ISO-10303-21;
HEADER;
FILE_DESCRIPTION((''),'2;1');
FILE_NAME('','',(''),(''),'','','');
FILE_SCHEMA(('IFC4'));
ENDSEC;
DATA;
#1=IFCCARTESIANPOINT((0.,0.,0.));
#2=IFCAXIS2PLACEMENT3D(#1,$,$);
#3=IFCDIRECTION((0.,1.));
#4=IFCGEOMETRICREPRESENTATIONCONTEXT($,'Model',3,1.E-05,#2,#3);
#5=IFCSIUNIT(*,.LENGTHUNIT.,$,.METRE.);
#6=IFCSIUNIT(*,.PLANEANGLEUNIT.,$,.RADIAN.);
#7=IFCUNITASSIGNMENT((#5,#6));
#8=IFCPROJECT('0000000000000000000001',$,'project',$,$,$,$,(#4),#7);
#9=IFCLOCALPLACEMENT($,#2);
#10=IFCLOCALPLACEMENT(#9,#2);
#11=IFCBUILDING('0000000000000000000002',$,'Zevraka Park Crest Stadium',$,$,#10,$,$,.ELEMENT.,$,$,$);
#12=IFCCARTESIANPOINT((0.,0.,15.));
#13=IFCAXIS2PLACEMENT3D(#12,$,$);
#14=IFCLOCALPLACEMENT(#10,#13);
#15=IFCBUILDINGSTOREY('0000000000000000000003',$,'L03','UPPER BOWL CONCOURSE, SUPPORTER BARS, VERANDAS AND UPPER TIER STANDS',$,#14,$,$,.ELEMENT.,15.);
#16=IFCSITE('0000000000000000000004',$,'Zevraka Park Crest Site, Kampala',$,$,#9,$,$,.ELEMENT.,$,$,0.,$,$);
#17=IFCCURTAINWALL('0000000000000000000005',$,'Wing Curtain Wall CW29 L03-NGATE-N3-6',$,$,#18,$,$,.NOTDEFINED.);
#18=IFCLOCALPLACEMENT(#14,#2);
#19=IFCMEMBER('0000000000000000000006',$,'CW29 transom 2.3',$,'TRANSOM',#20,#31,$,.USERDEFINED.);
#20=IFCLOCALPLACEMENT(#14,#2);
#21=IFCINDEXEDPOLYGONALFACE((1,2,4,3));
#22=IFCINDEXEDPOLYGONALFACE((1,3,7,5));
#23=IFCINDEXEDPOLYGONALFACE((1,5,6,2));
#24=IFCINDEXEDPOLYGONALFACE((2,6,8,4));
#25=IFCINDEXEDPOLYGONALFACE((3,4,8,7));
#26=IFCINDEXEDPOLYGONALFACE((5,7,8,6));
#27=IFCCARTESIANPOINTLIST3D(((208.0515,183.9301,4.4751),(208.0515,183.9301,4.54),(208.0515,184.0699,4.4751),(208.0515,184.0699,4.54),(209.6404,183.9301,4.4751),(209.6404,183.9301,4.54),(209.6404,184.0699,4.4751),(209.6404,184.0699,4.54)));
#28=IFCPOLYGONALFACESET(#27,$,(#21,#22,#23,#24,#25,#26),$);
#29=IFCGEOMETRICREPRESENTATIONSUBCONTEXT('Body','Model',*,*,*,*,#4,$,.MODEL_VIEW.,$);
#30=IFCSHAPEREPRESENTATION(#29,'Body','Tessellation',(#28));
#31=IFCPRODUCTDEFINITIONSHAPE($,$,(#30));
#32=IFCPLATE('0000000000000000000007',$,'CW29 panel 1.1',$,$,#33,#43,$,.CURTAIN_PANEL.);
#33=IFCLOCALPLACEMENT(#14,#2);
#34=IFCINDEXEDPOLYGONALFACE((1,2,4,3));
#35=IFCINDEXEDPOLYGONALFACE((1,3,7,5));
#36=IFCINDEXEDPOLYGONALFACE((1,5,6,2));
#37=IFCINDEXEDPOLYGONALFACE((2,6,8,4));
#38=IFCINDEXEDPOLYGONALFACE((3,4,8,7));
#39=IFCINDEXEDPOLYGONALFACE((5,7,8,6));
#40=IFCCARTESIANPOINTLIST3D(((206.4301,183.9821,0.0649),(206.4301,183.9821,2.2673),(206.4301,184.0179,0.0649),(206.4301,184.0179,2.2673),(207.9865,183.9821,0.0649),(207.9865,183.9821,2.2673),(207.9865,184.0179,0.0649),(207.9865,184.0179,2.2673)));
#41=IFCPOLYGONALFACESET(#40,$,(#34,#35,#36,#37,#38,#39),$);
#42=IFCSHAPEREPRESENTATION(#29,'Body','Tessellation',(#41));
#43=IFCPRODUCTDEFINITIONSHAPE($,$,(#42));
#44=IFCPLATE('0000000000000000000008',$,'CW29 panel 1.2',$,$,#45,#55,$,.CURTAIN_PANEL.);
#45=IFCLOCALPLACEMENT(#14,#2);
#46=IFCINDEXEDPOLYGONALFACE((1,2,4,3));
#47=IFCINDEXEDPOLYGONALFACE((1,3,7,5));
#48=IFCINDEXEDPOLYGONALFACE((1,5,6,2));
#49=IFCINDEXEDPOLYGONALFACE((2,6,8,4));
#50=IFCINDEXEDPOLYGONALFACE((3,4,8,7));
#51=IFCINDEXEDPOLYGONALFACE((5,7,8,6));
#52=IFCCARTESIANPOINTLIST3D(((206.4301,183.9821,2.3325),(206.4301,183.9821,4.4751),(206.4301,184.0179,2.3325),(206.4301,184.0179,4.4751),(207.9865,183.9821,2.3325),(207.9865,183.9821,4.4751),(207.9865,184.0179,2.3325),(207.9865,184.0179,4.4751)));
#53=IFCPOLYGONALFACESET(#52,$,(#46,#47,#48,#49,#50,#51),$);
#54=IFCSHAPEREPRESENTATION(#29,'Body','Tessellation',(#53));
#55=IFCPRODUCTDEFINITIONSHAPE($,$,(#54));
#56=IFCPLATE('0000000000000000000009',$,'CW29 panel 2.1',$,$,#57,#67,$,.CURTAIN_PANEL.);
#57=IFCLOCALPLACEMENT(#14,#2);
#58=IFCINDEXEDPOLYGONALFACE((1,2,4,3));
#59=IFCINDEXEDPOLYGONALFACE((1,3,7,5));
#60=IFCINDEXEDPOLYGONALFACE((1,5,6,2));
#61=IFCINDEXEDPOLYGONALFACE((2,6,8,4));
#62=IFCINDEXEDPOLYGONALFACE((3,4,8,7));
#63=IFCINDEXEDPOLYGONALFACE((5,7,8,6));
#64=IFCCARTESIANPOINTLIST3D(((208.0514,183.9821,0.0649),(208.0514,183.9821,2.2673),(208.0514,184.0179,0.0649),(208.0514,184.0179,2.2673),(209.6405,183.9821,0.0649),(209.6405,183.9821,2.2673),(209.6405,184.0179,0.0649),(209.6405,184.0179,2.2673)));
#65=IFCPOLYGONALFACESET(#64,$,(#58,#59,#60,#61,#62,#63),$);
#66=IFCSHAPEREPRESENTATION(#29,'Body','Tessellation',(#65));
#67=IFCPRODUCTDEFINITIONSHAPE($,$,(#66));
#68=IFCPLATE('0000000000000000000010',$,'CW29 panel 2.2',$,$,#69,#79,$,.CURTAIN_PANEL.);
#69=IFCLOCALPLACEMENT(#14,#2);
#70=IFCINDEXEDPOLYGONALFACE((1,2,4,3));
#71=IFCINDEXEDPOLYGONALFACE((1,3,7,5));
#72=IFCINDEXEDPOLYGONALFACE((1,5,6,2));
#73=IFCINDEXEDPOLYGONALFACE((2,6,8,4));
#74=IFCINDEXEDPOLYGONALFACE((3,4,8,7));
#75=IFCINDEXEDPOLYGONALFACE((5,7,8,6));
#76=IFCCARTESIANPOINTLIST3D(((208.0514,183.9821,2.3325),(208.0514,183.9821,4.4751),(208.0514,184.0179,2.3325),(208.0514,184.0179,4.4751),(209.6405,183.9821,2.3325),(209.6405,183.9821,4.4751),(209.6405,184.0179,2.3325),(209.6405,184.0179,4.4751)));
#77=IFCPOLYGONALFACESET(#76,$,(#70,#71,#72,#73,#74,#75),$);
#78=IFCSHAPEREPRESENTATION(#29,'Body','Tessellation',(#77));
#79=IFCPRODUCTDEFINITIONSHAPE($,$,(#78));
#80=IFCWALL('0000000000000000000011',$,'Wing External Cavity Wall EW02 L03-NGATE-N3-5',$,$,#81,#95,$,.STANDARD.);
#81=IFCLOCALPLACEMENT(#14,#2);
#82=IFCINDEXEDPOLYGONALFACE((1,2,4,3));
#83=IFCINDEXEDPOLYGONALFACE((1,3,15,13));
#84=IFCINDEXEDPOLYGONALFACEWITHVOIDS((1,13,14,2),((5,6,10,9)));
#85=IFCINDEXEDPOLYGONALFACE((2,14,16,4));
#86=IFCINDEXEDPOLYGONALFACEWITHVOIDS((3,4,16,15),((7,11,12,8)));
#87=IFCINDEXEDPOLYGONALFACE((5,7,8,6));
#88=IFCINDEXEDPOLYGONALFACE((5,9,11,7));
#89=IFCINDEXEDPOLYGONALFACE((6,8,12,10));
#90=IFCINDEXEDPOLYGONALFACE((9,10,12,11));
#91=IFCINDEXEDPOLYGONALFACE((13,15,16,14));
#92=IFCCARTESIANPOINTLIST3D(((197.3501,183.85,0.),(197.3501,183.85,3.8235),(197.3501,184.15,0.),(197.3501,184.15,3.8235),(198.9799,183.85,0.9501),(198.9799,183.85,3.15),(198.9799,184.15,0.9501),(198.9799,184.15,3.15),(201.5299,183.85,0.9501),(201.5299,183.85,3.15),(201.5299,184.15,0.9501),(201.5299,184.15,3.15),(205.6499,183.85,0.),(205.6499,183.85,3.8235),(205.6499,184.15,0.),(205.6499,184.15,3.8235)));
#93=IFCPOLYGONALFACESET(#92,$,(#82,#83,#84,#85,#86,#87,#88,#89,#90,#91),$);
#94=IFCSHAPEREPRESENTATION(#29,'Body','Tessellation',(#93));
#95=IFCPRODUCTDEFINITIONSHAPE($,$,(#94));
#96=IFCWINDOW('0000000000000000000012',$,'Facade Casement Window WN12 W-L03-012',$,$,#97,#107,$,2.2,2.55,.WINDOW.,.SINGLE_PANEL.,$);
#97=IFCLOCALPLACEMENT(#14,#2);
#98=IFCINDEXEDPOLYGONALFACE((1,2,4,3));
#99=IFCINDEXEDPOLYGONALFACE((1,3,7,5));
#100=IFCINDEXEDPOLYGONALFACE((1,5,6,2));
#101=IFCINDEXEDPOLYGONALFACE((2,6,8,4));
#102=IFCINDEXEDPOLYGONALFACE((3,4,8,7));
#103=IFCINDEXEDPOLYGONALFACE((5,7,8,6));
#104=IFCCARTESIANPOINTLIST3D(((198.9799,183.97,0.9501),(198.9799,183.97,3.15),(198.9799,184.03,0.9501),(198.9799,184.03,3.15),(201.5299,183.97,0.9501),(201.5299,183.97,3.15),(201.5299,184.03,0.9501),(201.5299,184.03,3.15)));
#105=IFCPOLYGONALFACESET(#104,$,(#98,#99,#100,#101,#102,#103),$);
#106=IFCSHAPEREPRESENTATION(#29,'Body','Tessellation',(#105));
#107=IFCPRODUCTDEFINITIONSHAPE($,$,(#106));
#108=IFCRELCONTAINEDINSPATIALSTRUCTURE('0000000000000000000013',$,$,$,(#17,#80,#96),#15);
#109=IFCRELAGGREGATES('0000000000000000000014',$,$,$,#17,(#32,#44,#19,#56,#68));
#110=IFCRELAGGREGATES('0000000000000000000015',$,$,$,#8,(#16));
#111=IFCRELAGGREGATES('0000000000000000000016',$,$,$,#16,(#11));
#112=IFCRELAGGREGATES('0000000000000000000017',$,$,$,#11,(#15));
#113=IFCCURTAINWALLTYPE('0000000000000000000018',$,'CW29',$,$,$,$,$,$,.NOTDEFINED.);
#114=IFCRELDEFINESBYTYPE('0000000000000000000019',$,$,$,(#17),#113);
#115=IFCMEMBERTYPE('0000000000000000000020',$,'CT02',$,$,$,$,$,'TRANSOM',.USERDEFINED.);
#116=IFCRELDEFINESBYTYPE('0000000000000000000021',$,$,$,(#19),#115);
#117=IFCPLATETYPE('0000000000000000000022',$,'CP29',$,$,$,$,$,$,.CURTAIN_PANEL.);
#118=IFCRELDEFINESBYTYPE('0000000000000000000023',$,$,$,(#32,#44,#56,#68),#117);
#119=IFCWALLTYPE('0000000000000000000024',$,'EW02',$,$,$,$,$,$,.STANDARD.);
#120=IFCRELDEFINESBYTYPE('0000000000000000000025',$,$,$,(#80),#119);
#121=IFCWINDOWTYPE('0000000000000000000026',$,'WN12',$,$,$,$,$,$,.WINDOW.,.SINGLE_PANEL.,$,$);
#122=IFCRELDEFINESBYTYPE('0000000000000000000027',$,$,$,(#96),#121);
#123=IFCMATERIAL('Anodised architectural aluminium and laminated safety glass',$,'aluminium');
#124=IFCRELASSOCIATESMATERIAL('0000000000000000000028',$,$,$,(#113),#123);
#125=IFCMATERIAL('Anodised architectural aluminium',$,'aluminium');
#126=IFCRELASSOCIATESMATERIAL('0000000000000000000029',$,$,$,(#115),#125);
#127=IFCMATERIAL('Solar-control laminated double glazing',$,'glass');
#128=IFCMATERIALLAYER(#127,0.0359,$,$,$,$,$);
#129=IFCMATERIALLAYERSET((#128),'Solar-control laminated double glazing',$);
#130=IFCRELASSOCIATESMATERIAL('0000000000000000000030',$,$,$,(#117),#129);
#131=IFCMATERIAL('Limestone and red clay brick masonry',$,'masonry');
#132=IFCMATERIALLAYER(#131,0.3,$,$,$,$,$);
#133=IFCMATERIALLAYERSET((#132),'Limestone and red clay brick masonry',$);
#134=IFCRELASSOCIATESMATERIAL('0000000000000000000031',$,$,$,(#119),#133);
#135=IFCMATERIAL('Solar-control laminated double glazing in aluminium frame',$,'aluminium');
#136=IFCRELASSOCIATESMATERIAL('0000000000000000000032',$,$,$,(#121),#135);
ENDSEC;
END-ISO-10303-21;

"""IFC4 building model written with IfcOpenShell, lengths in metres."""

from ifc_helpers import new_model, si_unit, direction, frame, frame_2d, origin, origin_2d, place, context, subcontext, project, spatial, rectangle, extrude, material, layer, layer_set, material_profile, profile_set, type_object, element, fill, aggregate, save


model = new_model("IFC4")

# Units and contexts
model_context = context("Model", 3, precision=1e-05, world=origin(), true_north=direction((0.0, 1.0)))
body_context = subcontext(model_context, "Body", "Model", "MODEL_VIEW")
ifc_project = project(units=[si_unit("LENGTHUNIT", "METRE"), si_unit("PLANEANGLEUNIT", "RADIAN")], contexts=[model_context])

# Site, building, storey
site_placement = place(None, origin())
site = spatial("IfcSite", under=ifc_project, at=site_placement, Name="Zevraka Park Crest Site, Kampala", CompositionType="ELEMENT", RefElevation=0.0)
building_placement = place(site_placement, origin())
building = spatial("IfcBuilding", under=site, at=building_placement, Name="Zevraka Park Crest Stadium", CompositionType="ELEMENT")
storey_placement = place(building_placement, frame((0.0, 0.0, 15.0)))
storey = spatial("IfcBuildingStorey", under=building, at=storey_placement, Name="L03", Description="UPPER BOWL CONCOURSE, SUPPORTER BARS, VERANDAS AND UPPER TIER STANDS", CompositionType="ELEMENT", Elevation=15.0)

# Curtain wall
ifc_material_1 = material(Name="Anodised architectural aluminium and laminated safety glass", Category="aluminium")
curtain_wall_type_1 = type_object("IfcCurtainWallType", Name="CW29", PredefinedType="NOTDEFINED", material=ifc_material_1)
curtain_wall_1_placement = place(storey_placement, origin())
curtain_wall_1 = element("IfcCurtainWall", 1, at=curtain_wall_1_placement, inside=storey, type_object=curtain_wall_type_1, Name="Wing Curtain Wall CW29 L03-NGATE-N3-6", PredefinedType="NOTDEFINED")

# Member
ifc_material_2 = material(Name="Anodised architectural aluminium", Category="aluminium")
ifc_material_profile_1 = material_profile(ifc_material_2, rectangle(XDim=0.1399, YDim=0.0649, at=origin_2d()), Name="ALU TRANSOM 140x65")
ifc_profile_set_1 = profile_set([ifc_material_profile_1], Name="Anodised architectural aluminium")
member_type_1 = type_object("IfcMemberType", Name="CT02", ElementType="TRANSOM", PredefinedType="USERDEFINED", material=ifc_profile_set_1)
member_1_placement = place(storey_placement, frame((208.0515, 184.0, 4.5076), z_axis=(1.0, 0.0, 0.0), x_axis=(0.0, 1.0, 0.0)))
member_1 = element("IfcMember", 2, at=member_1_placement, type_object=member_type_1, Name="CW29 transom 2.3", ObjectType="TRANSOM", PredefinedType="USERDEFINED", context=body_context, shape_type="SweptSolid", body=[
    extrude(rectangle(XDim=0.1399, YDim=0.0649, at=origin_2d()), origin(), (0.0, 0.0, 1.0), 1.5889),
])

# Plates
ifc_material_3 = material(Name="Solar-control laminated double glazing", Category="glass")
ifc_layer_1 = layer(ifc_material_3, 0.0359)
ifc_layer_set_1 = layer_set([ifc_layer_1], Name="Solar-control laminated double glazing")
plate_type = type_object("IfcPlateType", Name="CP29", PredefinedType="CURTAIN_PANEL", material=ifc_layer_set_1)
plate_1_placement = place(storey_placement, frame((207.2083, 184.0, 0.0649), z_axis=(0.0, 0.0, 1.0), x_axis=(1.0, 0.0, 0.0)))
plate_1 = element("IfcPlate", 3, at=plate_1_placement, type_object=plate_type, Name="CW29 panel 1.1", PredefinedType="CURTAIN_PANEL", context=body_context, shape_type="SweptSolid", body=[
    extrude(rectangle(XDim=1.5564, YDim=0.0359, at=origin_2d()), origin(), (0.0, 0.0, 1.0), 2.2024),
])
plate_2_placement = place(storey_placement, frame((207.2083, 184.0, 2.3325), z_axis=(0.0, 0.0, 1.0), x_axis=(1.0, 0.0, 0.0)))
plate_2 = element("IfcPlate", 4, at=plate_2_placement, type_object=plate_type, Name="CW29 panel 1.2", PredefinedType="CURTAIN_PANEL", context=body_context, shape_type="SweptSolid", body=[
    extrude(rectangle(XDim=1.5564, YDim=0.0359, at=origin_2d()), origin(), (0.0, 0.0, 1.0), 2.1426),
])
plate_3_placement = place(storey_placement, frame((208.8459, 184.0, 0.0649), z_axis=(0.0, 0.0, 1.0), x_axis=(1.0, 0.0, 0.0)))
plate_3 = element("IfcPlate", 5, at=plate_3_placement, type_object=plate_type, Name="CW29 panel 2.1", PredefinedType="CURTAIN_PANEL", context=body_context, shape_type="SweptSolid", body=[
    extrude(rectangle(XDim=1.5891, YDim=0.0359, at=origin_2d()), origin(), (0.0, 0.0, 1.0), 2.2024),
])
plate_4_placement = place(storey_placement, frame((208.8459, 184.0, 2.3325), z_axis=(0.0, 0.0, 1.0), x_axis=(1.0, 0.0, 0.0)))
plate_4 = element("IfcPlate", 6, at=plate_4_placement, type_object=plate_type, Name="CW29 panel 2.2", PredefinedType="CURTAIN_PANEL", context=body_context, shape_type="SweptSolid", body=[
    extrude(rectangle(XDim=1.5891, YDim=0.0359, at=origin_2d()), origin(), (0.0, 0.0, 1.0), 2.1426),
])
aggregate(curtain_wall_1, [plate_1, plate_2, member_1, plate_3, plate_4])

# Wall, opening, window
ifc_material_4 = material(Name="Limestone and red clay brick masonry", Category="masonry")
ifc_layer_2 = layer(ifc_material_4, 0.3)
ifc_layer_set_2 = layer_set([ifc_layer_2], Name="Limestone and red clay brick masonry")
wall_type = type_object("IfcWallType", Name="EW02", PredefinedType="STANDARD", material=ifc_layer_set_2)
wall_placement = place(storey_placement, frame((197.3501, 184.0, 0.0), z_axis=(0.0, 0.0, 1.0), x_axis=(1.0, 0.0, 0.0)))
wall = element("IfcWall", 7, at=wall_placement, inside=storey, type_object=wall_type, Name="Wing External Cavity Wall EW02 L03-NGATE-N3-5", PredefinedType="STANDARD", context=body_context, shape_type="SweptSolid", body=[
    extrude(rectangle(XDim=8.2998, YDim=0.3, at=frame_2d((4.1499, 0.0))), origin(), (0.0, 0.0, 1.0), 3.8235),
])
opening_placement = place(wall_placement, frame((1.6299, 0.0, 0.95)))
opening = element("IfcOpeningElement", 8, at=opening_placement, cuts=wall, PredefinedType="OPENING", context=body_context, shape_type="SweptSolid", body=[
    extrude(rectangle(XDim=2.55, YDim=2.2, at=frame_2d((1.2749, 1.1001))), frame((0.0, 0.1599, 0.0), z_axis=(0.0, -1.0, 0.0), x_axis=(1.0, 0.0, 0.0)), (0.0, 0.0, 1.0), 0.3201),
])
ifc_material_5 = material(Name="Solar-control laminated double glazing in aluminium frame", Category="aluminium")
window_type = type_object("IfcWindowType", Name="WN12", PartitioningType="SINGLE_PANEL", PredefinedType="WINDOW", material=ifc_material_5)
window_placement = place(opening_placement, origin())
window = element("IfcWindow", 9, at=window_placement, inside=storey, type_object=window_type, Name="Facade Casement Window WN12 W-L03-012", OverallHeight=2.2, OverallWidth=2.55, PartitioningType="SINGLE_PANEL", PredefinedType="WINDOW", context=body_context, shape_type="SweptSolid", body=[
    extrude(rectangle(XDim=2.55, YDim=2.2, at=frame_2d((1.2749, 1.1001))), frame((0.0, 0.03, 0.0), z_axis=(0.0, -1.0, 0.0), x_axis=(1.0, 0.0, 0.0)), (0.0, 0.0, 1.0), 0.0601),
])
fill(opening, window)

save(model, "model.ifc")
